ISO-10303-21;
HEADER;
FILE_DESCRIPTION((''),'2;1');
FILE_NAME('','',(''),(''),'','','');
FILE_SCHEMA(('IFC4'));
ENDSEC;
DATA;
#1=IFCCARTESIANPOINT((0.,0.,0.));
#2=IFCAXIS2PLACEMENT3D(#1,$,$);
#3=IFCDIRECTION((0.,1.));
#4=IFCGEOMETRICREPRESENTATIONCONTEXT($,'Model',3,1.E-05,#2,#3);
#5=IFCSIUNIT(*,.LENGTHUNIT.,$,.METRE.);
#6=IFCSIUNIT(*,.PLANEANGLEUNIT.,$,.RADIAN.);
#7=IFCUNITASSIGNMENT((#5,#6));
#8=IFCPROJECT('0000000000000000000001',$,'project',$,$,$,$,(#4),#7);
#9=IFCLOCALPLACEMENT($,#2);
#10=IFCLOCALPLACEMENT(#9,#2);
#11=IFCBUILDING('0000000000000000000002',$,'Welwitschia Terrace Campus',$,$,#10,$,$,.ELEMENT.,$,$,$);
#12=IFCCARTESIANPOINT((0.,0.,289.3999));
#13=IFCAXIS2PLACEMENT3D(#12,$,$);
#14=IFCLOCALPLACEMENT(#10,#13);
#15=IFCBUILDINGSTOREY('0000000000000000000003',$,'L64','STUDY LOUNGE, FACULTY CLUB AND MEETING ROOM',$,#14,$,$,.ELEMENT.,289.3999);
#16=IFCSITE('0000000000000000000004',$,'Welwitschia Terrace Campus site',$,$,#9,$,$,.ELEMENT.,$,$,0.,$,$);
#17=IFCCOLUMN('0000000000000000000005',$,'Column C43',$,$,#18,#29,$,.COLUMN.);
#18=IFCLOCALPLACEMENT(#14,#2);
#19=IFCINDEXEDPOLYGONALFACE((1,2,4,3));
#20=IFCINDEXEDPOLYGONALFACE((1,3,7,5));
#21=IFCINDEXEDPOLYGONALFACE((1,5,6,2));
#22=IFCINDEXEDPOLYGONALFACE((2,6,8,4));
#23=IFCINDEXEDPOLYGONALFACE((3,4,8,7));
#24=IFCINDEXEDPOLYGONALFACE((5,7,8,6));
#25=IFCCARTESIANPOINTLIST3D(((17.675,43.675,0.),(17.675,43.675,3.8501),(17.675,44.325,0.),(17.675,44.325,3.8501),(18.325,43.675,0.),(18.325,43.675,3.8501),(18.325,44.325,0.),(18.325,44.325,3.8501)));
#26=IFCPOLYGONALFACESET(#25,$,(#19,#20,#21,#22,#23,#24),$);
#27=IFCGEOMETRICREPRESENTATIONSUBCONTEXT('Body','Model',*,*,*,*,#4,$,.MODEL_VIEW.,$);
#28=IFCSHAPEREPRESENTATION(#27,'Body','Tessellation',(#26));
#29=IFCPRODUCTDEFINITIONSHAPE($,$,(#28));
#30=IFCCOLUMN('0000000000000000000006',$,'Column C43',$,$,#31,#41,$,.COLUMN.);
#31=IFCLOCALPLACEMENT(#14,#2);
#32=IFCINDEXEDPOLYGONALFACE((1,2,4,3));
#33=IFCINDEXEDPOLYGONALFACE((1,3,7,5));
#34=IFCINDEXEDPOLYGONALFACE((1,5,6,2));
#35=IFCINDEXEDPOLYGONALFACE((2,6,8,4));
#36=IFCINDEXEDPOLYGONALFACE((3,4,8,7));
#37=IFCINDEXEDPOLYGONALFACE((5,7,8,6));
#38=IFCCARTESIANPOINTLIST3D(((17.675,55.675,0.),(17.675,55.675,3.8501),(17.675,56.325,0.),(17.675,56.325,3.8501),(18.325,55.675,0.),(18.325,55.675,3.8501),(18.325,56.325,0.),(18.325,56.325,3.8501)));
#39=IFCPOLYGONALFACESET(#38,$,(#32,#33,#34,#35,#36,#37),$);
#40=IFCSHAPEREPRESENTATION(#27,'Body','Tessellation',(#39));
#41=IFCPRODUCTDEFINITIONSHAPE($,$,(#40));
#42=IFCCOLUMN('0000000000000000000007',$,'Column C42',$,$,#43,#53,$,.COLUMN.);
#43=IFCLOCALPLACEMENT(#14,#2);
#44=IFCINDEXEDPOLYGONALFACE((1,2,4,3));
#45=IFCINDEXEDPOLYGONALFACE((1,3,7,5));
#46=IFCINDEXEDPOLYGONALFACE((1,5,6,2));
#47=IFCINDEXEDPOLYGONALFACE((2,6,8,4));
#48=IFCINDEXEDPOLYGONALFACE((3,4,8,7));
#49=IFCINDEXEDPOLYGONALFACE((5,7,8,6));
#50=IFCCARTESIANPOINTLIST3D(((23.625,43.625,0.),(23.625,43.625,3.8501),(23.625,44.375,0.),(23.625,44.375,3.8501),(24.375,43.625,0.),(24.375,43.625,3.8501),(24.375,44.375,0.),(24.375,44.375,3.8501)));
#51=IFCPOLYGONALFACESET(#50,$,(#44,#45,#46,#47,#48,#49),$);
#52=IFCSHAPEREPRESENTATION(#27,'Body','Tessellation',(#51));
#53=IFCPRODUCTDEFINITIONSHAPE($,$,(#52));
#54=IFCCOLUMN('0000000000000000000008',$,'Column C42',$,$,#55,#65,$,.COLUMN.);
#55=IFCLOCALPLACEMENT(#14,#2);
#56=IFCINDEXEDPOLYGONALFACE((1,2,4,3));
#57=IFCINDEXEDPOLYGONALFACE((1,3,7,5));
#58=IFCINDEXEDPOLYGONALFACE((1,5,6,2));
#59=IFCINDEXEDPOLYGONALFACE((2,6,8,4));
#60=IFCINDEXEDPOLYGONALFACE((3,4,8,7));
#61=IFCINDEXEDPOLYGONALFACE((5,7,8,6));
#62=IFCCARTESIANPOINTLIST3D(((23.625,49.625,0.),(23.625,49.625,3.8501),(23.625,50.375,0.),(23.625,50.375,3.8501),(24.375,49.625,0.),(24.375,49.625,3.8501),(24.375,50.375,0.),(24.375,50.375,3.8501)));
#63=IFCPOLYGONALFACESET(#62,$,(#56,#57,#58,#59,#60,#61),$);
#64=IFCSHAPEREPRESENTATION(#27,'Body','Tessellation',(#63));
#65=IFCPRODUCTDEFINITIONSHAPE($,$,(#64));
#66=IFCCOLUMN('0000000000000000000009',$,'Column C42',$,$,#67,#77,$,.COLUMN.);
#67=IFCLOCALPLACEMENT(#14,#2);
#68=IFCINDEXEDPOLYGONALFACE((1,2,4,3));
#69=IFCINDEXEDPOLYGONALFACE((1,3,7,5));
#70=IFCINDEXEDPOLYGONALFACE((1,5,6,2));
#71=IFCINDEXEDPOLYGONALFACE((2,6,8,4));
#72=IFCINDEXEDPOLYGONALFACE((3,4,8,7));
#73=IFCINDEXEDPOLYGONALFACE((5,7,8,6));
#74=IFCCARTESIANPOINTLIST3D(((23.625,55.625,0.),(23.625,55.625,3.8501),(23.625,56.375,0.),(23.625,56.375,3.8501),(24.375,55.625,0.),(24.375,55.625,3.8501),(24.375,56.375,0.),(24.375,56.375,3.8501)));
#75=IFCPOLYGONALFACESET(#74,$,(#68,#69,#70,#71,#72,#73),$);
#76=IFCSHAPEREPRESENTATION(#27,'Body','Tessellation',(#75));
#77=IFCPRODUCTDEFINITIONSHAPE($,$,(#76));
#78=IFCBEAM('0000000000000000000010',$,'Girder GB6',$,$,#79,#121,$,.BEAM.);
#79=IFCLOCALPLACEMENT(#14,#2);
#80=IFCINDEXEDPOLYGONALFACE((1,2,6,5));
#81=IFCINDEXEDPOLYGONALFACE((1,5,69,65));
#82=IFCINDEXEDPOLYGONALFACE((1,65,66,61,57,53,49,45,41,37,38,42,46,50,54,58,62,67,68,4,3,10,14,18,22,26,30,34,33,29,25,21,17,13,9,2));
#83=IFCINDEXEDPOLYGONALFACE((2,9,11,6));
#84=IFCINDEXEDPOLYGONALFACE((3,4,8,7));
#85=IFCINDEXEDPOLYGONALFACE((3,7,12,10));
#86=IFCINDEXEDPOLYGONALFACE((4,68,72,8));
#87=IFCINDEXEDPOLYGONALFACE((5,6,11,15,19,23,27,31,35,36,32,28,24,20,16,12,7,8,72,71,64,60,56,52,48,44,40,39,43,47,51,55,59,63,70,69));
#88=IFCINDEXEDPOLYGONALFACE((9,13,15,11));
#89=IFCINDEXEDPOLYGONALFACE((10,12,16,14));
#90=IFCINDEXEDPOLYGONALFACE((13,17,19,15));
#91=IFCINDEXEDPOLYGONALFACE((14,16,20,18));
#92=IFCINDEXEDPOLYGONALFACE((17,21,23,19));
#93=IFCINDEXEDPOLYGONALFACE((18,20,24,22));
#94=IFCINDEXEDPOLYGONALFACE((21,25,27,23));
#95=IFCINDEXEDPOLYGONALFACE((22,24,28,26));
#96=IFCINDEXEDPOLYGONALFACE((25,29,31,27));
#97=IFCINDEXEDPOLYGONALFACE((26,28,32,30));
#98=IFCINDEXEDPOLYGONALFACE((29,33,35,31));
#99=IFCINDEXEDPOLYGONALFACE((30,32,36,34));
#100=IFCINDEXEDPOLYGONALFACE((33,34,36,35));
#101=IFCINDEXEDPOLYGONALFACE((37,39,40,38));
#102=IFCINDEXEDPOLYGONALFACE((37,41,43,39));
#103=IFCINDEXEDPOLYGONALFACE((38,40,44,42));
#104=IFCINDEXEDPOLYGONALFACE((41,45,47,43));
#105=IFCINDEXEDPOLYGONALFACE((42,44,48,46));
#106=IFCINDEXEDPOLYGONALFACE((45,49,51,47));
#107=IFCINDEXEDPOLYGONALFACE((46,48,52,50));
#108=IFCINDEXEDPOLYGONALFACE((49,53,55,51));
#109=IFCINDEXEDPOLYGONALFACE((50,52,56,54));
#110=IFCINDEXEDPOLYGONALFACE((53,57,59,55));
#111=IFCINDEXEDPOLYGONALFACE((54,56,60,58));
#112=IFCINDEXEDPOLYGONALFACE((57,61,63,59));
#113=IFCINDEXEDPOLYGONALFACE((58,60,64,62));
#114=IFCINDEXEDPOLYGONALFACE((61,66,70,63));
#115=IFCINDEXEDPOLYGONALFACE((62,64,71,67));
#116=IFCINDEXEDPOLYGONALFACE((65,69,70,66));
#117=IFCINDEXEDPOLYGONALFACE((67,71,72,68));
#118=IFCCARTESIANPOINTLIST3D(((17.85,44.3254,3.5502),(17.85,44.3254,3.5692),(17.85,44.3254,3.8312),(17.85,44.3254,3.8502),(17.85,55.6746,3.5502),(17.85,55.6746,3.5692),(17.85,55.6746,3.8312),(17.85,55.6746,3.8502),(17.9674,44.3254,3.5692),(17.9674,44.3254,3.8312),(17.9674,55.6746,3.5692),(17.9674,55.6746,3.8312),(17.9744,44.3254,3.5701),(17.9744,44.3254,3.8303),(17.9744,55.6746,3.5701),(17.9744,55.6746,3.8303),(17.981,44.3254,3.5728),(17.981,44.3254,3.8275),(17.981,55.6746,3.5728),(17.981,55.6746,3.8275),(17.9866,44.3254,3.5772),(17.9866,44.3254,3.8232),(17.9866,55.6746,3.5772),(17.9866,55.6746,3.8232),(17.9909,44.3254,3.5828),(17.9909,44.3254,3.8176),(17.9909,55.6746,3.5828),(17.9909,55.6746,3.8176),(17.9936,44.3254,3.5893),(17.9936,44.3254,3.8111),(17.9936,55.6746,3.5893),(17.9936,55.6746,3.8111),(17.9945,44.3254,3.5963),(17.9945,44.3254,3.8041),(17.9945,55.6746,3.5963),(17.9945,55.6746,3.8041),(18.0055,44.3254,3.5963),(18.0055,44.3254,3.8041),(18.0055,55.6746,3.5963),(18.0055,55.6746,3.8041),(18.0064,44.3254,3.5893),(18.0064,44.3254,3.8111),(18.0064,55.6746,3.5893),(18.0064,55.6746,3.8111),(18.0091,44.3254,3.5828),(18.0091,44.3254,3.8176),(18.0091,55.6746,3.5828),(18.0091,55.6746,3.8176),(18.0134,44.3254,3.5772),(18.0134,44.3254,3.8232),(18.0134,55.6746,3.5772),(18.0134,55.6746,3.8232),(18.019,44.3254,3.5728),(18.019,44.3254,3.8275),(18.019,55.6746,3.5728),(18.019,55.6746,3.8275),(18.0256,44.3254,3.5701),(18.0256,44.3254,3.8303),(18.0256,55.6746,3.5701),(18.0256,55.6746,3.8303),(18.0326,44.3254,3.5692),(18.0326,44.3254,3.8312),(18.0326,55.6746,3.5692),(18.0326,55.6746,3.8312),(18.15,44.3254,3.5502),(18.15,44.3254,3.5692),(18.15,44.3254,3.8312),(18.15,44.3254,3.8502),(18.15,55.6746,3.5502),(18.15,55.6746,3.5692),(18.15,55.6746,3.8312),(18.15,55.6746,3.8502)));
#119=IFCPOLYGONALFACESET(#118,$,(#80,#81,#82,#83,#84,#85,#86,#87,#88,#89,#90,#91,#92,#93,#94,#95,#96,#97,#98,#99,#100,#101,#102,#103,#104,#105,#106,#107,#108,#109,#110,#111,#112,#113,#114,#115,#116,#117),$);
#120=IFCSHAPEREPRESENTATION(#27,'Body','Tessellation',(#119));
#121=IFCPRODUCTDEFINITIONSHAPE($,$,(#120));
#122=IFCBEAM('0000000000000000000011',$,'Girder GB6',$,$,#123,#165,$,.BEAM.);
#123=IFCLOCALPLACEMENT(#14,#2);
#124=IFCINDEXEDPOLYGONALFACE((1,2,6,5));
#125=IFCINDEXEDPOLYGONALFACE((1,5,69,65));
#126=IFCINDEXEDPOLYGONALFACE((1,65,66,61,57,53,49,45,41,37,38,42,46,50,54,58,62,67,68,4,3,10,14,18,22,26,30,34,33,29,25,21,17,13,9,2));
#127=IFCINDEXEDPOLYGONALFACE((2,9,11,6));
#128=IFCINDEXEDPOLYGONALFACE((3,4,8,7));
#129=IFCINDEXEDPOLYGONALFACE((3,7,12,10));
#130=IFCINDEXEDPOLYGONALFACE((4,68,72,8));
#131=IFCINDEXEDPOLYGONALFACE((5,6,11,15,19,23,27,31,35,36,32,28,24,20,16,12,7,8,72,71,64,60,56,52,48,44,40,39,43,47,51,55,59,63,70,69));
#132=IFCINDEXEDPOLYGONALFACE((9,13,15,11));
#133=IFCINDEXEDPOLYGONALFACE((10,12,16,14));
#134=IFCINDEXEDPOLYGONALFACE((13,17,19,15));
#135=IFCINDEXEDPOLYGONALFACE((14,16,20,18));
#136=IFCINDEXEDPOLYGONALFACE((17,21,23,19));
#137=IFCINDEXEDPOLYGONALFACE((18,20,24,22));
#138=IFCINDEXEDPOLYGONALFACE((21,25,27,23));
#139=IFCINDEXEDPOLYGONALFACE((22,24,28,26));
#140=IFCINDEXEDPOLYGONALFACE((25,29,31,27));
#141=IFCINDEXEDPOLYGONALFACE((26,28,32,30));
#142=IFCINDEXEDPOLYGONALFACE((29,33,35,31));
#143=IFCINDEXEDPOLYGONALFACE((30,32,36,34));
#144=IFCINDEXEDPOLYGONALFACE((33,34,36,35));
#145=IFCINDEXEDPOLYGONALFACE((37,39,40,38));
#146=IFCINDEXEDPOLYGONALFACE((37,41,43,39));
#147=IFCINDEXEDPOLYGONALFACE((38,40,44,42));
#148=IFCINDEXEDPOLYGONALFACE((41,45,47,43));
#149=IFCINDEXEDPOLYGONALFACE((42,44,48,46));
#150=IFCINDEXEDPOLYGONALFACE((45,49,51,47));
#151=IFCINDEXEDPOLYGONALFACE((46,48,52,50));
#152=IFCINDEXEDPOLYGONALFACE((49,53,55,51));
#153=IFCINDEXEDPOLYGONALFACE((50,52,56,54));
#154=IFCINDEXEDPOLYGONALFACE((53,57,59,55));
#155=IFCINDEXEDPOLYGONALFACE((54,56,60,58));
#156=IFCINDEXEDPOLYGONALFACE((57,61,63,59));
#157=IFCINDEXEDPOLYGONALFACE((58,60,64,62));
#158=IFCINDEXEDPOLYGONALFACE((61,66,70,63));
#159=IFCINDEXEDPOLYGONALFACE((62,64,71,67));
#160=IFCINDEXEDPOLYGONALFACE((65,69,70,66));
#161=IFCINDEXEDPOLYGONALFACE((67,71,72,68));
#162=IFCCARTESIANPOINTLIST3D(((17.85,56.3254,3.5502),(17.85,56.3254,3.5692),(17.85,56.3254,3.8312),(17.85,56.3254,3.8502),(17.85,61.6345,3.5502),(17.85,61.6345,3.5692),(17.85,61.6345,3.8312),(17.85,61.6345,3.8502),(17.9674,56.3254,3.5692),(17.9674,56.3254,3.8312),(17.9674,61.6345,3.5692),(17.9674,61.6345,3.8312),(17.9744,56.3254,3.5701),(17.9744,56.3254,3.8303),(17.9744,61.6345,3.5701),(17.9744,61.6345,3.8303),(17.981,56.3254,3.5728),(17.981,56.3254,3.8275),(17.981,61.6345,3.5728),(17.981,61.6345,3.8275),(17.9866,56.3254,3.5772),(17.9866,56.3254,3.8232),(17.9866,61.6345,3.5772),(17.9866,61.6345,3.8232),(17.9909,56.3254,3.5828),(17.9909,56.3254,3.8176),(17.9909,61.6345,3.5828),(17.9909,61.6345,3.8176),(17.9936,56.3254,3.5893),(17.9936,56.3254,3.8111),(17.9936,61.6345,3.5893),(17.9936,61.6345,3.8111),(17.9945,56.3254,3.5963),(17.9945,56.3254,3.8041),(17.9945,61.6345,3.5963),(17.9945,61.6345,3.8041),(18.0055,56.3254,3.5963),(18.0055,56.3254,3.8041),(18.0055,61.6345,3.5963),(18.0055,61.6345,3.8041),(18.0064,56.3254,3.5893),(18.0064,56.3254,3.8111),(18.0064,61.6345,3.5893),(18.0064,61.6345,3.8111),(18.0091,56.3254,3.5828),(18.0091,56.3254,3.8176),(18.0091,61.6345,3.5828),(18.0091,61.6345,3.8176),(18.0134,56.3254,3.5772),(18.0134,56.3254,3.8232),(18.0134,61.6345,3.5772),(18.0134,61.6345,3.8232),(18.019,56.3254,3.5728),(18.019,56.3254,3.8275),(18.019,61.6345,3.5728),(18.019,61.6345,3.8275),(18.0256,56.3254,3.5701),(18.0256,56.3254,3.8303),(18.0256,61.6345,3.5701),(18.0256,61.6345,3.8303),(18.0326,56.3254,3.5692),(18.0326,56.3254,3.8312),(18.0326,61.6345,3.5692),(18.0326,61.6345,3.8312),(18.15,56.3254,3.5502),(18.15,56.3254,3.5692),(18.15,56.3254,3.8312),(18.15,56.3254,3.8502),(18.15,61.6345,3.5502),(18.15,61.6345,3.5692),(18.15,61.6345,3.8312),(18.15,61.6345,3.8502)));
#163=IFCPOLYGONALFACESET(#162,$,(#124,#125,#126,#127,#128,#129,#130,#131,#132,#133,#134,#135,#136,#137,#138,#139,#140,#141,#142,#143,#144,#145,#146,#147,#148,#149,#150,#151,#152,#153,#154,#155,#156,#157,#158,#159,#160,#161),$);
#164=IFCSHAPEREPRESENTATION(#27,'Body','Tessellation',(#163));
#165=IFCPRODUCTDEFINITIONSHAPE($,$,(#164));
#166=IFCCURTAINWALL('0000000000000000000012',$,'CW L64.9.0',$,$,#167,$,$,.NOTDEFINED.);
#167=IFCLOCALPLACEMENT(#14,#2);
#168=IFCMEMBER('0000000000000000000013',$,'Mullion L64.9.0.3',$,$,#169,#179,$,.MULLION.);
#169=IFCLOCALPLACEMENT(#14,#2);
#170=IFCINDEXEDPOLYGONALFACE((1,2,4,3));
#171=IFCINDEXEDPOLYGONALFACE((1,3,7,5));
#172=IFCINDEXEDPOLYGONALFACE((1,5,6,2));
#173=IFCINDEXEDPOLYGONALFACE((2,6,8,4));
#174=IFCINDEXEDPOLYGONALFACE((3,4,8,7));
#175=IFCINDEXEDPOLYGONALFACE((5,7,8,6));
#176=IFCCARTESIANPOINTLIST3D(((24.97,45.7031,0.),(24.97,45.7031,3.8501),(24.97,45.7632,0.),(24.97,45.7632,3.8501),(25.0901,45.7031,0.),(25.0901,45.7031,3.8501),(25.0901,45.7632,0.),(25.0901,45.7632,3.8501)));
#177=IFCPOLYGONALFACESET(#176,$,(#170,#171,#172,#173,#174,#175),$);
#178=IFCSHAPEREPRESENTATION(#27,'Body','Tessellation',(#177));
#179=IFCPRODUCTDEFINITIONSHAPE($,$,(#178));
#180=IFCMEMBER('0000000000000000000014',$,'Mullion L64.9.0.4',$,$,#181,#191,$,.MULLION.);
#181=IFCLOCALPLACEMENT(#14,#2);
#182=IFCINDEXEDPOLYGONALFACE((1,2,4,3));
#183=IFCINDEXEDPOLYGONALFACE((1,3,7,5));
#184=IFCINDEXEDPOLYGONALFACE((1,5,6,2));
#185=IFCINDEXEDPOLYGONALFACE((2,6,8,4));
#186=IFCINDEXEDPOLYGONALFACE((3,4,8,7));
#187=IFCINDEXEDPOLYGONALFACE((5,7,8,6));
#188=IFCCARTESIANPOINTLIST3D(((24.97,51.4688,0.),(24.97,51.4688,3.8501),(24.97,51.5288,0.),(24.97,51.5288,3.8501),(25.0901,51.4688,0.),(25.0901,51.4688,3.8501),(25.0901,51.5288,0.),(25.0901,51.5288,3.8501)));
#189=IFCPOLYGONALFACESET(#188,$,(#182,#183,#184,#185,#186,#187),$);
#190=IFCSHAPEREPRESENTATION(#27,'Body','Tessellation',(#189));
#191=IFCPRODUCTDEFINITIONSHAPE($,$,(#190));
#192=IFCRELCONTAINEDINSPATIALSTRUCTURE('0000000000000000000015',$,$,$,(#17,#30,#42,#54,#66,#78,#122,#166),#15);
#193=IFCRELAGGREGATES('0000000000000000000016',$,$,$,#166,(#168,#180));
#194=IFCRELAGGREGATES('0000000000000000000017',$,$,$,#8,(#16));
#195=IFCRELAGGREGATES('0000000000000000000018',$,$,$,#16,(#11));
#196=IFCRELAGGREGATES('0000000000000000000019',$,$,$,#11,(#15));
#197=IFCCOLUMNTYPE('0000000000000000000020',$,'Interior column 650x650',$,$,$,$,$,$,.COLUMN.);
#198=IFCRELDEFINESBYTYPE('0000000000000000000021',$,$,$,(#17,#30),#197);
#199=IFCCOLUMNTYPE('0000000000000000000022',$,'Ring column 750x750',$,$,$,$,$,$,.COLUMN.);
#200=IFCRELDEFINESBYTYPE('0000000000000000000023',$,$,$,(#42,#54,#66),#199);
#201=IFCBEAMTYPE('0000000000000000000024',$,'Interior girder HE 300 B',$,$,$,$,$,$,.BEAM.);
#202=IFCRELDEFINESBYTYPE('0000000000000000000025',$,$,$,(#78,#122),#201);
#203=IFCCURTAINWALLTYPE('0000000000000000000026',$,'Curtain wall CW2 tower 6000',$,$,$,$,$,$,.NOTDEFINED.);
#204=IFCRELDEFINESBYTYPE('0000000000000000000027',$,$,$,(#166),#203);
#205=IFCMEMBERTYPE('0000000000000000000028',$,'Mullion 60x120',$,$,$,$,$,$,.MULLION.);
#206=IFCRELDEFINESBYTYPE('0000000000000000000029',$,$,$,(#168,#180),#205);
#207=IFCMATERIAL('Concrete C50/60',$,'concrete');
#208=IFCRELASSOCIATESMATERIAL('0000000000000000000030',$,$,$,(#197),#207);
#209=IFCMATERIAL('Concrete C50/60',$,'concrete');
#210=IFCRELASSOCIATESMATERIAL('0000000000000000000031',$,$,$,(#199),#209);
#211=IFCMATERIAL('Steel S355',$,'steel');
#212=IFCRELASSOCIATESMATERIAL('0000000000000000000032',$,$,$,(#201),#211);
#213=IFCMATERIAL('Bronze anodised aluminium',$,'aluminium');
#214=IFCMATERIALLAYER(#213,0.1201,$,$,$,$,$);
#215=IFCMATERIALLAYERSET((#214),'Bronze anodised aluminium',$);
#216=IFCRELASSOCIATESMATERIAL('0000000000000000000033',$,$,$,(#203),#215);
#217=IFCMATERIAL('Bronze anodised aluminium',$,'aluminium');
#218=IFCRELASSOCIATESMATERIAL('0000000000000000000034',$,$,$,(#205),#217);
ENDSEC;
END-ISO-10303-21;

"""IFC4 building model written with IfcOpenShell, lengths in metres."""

from ifc_helpers import new_model, si_unit, direction, frame, origin, origin_2d, place, context, subcontext, project, spatial, rectangle, i_section, extrude, material, layer, layer_set, material_profile, profile_set, type_object, element, aggregate, save


model = new_model("IFC4")

# Units and contexts
model_context = context("Model", 3, precision=1e-05, world=origin(), true_north=direction((0.0, 1.0)))
body_context = subcontext(model_context, "Body", "Model", "MODEL_VIEW")
ifc_project = project(units=[si_unit("LENGTHUNIT", "METRE"), si_unit("PLANEANGLEUNIT", "RADIAN")], contexts=[model_context])

# Site, building, storey
site_placement = place(None, origin())
site = spatial("IfcSite", under=ifc_project, at=site_placement, Name="Welwitschia Terrace Campus site", CompositionType="ELEMENT", RefElevation=0.0)
building_placement = place(site_placement, origin())
building = spatial("IfcBuilding", under=site, at=building_placement, Name="Welwitschia Terrace Campus", CompositionType="ELEMENT")
storey_placement = place(building_placement, frame((0.0, 0.0, 289.3999)))
storey = spatial("IfcBuildingStorey", under=building, at=storey_placement, Name="L64", Description="STUDY LOUNGE, FACULTY CLUB AND MEETING ROOM", CompositionType="ELEMENT", Elevation=289.3999)

# Columns
ifc_material_1 = material(Name="Concrete C50/60", Category="concrete")
ifc_material_profile_1 = material_profile(ifc_material_1, rectangle(XDim=0.6499, YDim=0.6499, at=origin_2d()))
ifc_profile_set_1 = profile_set([ifc_material_profile_1], Name="Concrete C50/60")
column_type_1 = type_object("IfcColumnType", Name="Interior column 650x650", PredefinedType="COLUMN", material=ifc_profile_set_1)
for number, where, z_axis, x_axis, name in (
    (1, (18.0, 44.0, 0.0), (0.0, 0.0, 1.0), (1.0, 0.0, 0.0), "Column C43"),
    (2, (18.0, 56.0, 0.0), (0.0, 0.0, 1.0), (1.0, 0.0, 0.0), "Column C43"),
):
    element("IfcColumn", number, at=place(storey_placement, frame(where, z_axis=z_axis, x_axis=x_axis)), inside=storey, type_object=column_type_1, Name=name, PredefinedType="COLUMN", context=body_context, shape_type="SweptSolid", body=[
        extrude(rectangle(XDim=0.6499, YDim=0.6499, at=origin_2d()), origin(), (0.0, 0.0, 1.0), 3.8501),
    ])
ifc_material_2 = material(Name="Concrete C50/60", Category="concrete")
ifc_material_profile_2 = material_profile(ifc_material_2, rectangle(XDim=0.75, YDim=0.75, at=origin_2d()))
ifc_profile_set_2 = profile_set([ifc_material_profile_2], Name="Concrete C50/60")
column_type_2 = type_object("IfcColumnType", Name="Ring column 750x750", PredefinedType="COLUMN", material=ifc_profile_set_2)
for number, where, z_axis, x_axis, name in (
    (3, (24.0, 44.0, 0.0), (0.0, 0.0, 1.0), (1.0, 0.0, 0.0), "Column C42"),
    (4, (24.0, 50.0, 0.0), (0.0, 0.0, 1.0), (1.0, 0.0, 0.0), "Column C42"),
    (5, (24.0, 56.0, 0.0), (0.0, 0.0, 1.0), (1.0, 0.0, 0.0), "Column C42"),
):
    element("IfcColumn", number, at=place(storey_placement, frame(where, z_axis=z_axis, x_axis=x_axis)), inside=storey, type_object=column_type_2, Name=name, PredefinedType="COLUMN", context=body_context, shape_type="SweptSolid", body=[
        extrude(rectangle(XDim=0.75, YDim=0.75, at=origin_2d()), origin(), (0.0, 0.0, 1.0), 3.8501),
    ])

# Beams
ifc_material_3 = material(Name="Steel S355", Category="steel")
ifc_material_profile_3 = material_profile(ifc_material_3, i_section(OverallWidth=0.3, OverallDepth=0.3, WebThickness=0.011, FlangeThickness=0.019, FilletRadius=0.0271, at=origin_2d()))
ifc_profile_set_3 = profile_set([ifc_material_profile_3], Name="Steel S355")
beam_type_1 = type_object("IfcBeamType", Name="Interior girder HE 300 B", PredefinedType="BEAM", material=ifc_profile_set_3)
beam_1_placement = place(storey_placement, frame((18.0, 44.3254, 3.7002), z_axis=(0.0, 1.0, 0.0), x_axis=(-1.0, 0.0, 0.0)))
element("IfcBeam", 6, at=beam_1_placement, inside=storey, type_object=beam_type_1, Name="Girder GB6", PredefinedType="BEAM", context=body_context, shape_type="SweptSolid", body=[
    extrude(i_section(OverallWidth=0.3, OverallDepth=0.3, WebThickness=0.011, FlangeThickness=0.019, FilletRadius=0.0271, at=origin_2d()), origin(), (0.0, 0.0, 1.0), 11.3491),
])
beam_2_placement = place(storey_placement, frame((18.0, 56.3254, 3.7002), z_axis=(0.0, 1.0, 0.0), x_axis=(-1.0, 0.0, 0.0)))
element("IfcBeam", 7, at=beam_2_placement, inside=storey, type_object=beam_type_1, Name="Girder GB6", PredefinedType="BEAM", context=body_context, shape_type="SweptSolid", body=[
    extrude(i_section(OverallWidth=0.3, OverallDepth=0.3, WebThickness=0.011, FlangeThickness=0.019, FilletRadius=0.0271, at=origin_2d()), origin(), (0.0, 0.0, 1.0), 5.3091),
])

# Curtain wall, members
ifc_material_4 = material(Name="Bronze anodised aluminium", Category="aluminium")
ifc_layer_1 = layer(ifc_material_4, 0.1201)
ifc_layer_set_1 = layer_set([ifc_layer_1], Name="Bronze anodised aluminium")
curtain_wall_type = type_object("IfcCurtainWallType", Name="Curtain wall CW2 tower 6000", PredefinedType="NOTDEFINED", material=ifc_layer_set_1)
curtain_wall_placement = place(storey_placement, origin())
curtain_wall = element("IfcCurtainWall", 8, at=curtain_wall_placement, inside=storey, type_object=curtain_wall_type, Name="CW L64.9.0", PredefinedType="NOTDEFINED")
ifc_material_5 = material(Name="Bronze anodised aluminium", Category="aluminium")
ifc_material_profile_4 = material_profile(ifc_material_5, rectangle(XDim=0.1201, YDim=0.0601, at=origin_2d()))
ifc_profile_set_4 = profile_set([ifc_material_profile_4], Name="Bronze anodised aluminium")
member_type = type_object("IfcMemberType", Name="Mullion 60x120", PredefinedType="MULLION", material=ifc_profile_set_4)
member_1_placement = place(storey_placement, frame((25.03, 45.7332, 0.0), z_axis=(0.0, 0.0, 1.0), x_axis=(-1.0, 0.0, 0.0)))
member_1 = element("IfcMember", 9, at=member_1_placement, type_object=member_type, Name="Mullion L64.9.0.3", PredefinedType="MULLION", context=body_context, shape_type="SweptSolid", body=[
    extrude(rectangle(XDim=0.1201, YDim=0.0601, at=origin_2d()), origin(), (0.0, 0.0, 1.0), 3.8501),
])
member_2_placement = place(storey_placement, frame((25.03, 51.4988, 0.0), z_axis=(0.0, 0.0, 1.0), x_axis=(-1.0, 0.0, 0.0)))
member_2 = element("IfcMember", 10, at=member_2_placement, type_object=member_type, Name="Mullion L64.9.0.4", PredefinedType="MULLION", context=body_context, shape_type="SweptSolid", body=[
    extrude(rectangle(XDim=0.1201, YDim=0.0601, at=origin_2d()), origin(), (0.0, 0.0, 1.0), 3.8501),
])

aggregate(curtain_wall, [member_1, member_2])

save(model, "model.ifc")
